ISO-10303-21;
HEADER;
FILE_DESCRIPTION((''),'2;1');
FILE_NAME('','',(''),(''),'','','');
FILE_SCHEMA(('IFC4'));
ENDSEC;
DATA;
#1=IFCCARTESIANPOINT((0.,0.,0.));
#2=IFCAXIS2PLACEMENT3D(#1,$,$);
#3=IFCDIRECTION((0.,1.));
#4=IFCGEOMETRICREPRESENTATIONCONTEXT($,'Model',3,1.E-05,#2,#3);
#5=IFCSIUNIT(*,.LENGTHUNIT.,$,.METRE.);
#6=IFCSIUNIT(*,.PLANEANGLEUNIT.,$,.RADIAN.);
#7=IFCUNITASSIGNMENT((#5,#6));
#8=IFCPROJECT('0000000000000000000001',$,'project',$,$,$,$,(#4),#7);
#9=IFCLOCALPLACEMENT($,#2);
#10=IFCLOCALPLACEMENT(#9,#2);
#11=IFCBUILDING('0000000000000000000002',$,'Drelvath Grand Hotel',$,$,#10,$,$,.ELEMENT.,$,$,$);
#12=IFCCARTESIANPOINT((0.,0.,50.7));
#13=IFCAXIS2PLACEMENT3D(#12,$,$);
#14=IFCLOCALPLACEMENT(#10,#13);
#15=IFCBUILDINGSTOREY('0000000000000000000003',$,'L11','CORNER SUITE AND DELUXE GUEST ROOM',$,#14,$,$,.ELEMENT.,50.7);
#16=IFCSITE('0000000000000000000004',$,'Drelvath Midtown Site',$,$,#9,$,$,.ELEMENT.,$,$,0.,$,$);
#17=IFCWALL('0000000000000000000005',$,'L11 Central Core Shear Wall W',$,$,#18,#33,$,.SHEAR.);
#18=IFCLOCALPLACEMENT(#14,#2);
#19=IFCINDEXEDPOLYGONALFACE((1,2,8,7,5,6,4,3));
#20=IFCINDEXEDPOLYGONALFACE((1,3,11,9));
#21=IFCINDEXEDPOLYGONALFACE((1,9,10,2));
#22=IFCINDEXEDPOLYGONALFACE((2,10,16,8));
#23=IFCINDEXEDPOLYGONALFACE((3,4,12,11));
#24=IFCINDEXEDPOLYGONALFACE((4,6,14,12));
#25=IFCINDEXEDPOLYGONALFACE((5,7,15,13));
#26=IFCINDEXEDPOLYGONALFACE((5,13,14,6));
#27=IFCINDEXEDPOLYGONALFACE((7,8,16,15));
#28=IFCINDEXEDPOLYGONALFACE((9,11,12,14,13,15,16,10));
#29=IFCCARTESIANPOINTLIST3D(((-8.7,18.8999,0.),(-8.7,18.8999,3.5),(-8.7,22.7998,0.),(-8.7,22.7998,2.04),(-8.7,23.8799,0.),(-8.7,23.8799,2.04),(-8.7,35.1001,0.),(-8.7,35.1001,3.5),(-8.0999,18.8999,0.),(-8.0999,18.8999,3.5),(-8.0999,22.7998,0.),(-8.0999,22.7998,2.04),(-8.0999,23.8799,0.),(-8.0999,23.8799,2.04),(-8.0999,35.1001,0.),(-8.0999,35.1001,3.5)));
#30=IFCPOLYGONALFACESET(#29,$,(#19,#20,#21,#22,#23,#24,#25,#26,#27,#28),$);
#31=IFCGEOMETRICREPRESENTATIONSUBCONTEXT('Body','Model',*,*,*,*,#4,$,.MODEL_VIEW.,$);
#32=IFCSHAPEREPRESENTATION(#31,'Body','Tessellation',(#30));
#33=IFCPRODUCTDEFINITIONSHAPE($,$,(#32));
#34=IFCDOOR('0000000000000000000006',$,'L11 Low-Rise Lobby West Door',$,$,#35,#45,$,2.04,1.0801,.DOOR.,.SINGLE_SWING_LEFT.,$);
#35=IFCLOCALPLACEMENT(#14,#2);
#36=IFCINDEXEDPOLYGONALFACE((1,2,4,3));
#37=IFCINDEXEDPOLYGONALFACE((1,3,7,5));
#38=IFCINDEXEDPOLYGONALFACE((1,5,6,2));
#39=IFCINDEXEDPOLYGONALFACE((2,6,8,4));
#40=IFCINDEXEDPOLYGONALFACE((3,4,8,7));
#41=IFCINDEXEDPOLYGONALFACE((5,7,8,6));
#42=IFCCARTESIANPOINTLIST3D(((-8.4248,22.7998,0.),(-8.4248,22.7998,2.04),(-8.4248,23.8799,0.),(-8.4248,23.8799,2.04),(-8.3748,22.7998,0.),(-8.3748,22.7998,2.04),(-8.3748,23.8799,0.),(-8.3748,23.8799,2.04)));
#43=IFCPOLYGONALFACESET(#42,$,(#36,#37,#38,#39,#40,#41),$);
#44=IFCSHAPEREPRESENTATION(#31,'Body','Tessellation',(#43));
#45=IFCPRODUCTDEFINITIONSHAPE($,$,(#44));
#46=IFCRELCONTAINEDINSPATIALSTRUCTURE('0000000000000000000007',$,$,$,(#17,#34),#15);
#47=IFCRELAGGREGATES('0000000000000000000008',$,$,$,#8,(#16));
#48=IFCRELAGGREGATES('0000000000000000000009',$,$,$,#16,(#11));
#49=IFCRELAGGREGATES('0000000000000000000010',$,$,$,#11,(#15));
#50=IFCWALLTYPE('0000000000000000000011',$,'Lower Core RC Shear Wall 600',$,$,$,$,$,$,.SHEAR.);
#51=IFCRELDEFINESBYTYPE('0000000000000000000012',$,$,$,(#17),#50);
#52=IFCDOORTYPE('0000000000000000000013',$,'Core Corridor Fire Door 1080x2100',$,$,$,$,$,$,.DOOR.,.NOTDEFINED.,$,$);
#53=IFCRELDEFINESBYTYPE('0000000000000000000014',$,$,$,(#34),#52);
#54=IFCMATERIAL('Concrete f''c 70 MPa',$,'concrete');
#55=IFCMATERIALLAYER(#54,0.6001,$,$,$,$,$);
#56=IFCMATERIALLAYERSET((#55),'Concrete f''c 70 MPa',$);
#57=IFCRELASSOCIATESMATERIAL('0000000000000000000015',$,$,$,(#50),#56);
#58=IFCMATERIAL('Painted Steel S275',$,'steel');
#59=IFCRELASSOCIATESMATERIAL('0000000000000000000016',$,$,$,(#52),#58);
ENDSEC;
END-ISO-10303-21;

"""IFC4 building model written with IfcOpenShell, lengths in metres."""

from ifc_helpers import new_model, si_unit, direction, frame, frame_2d, origin, place, context, subcontext, project, spatial, rectangle, extrude, material, layer, layer_set, type_object, element, fill, save


model = new_model("IFC4")

# Units and contexts
model_context = context("Model", 3, precision=1e-05, world=origin(), true_north=direction((0.0, 1.0)))
body_context = subcontext(model_context, "Body", "Model", "MODEL_VIEW")
ifc_project = project(units=[si_unit("LENGTHUNIT", "METRE"), si_unit("PLANEANGLEUNIT", "RADIAN")], contexts=[model_context])

# Site, building, storey
site_placement = place(None, origin())
site = spatial("IfcSite", under=ifc_project, at=site_placement, Name="Drelvath Midtown Site", CompositionType="ELEMENT", RefElevation=0.0)
building_placement = place(site_placement, origin())
building = spatial("IfcBuilding", under=site, at=building_placement, Name="Drelvath Grand Hotel", CompositionType="ELEMENT")
storey_placement = place(building_placement, frame((0.0, 0.0, 50.7)))
storey = spatial("IfcBuildingStorey", under=building, at=storey_placement, Name="L11", Description="CORNER SUITE AND DELUXE GUEST ROOM", CompositionType="ELEMENT", Elevation=50.7)

# Wall, opening, door
ifc_material_1 = material(Name="Concrete f'c 70 MPa", Category="concrete")
ifc_layer_1 = layer(ifc_material_1, 0.6001)
ifc_layer_set_1 = layer_set([ifc_layer_1], Name="Concrete f'c 70 MPa")
wall_type_1 = type_object("IfcWallType", Name="Lower Core RC Shear Wall 600", PredefinedType="SHEAR", material=ifc_layer_set_1)
wall_1_placement = place(storey_placement, frame((-8.3999, 18.8999, 0.0), z_axis=(0.0, 0.0, 1.0), x_axis=(0.0, 1.0, 0.0)))
wall_1 = element("IfcWall", 1, at=wall_1_placement, inside=storey, type_object=wall_type_1, Name="L11 Central Core Shear Wall W", PredefinedType="SHEAR", context=body_context, shape_type="SweptSolid", body=[
    extrude(rectangle(XDim=16.2002, YDim=0.6001, at=frame_2d((8.1001, 0.0))), origin(), (0.0, 0.0, 1.0), 3.5),
])
opening_1_placement = place(wall_1_placement, frame((3.8999, 0.0, 0.0)))
opening_1 = element("IfcOpeningElement", 2, at=opening_1_placement, cuts=wall_1, PredefinedType="OPENING", context=body_context, shape_type="SweptSolid", body=[
    extrude(rectangle(XDim=1.0801, YDim=2.04, at=frame_2d((0.54, 1.02))), frame((0.0, 0.3101, 0.0), z_axis=(0.0, -1.0, 0.0), x_axis=(1.0, 0.0, 0.0)), (0.0, 0.0, 1.0), 0.6201),
])
ifc_material_2 = material(Name="Painted Steel S275", Category="steel")
door_type_1 = type_object("IfcDoorType", Name="Core Corridor Fire Door 1080x2100", OperationType="NOTDEFINED", PredefinedType="DOOR", material=ifc_material_2)
door_1_placement = place(opening_1_placement, origin())
door_1 = element("IfcDoor", 3, at=door_1_placement, inside=storey, type_object=door_type_1, Name="L11 Low-Rise Lobby West Door", OperationType="SINGLE_SWING_LEFT", OverallHeight=2.04, OverallWidth=1.0801, PredefinedType="DOOR", context=body_context, shape_type="SweptSolid", body=[
    extrude(rectangle(XDim=1.0801, YDim=2.04, at=frame_2d((0.54, 1.02))), frame((0.0, 0.0249, 0.0), z_axis=(0.0, -1.0, 0.0), x_axis=(1.0, 0.0, 0.0)), (0.0, 0.0, 1.0), 0.05),
])
fill(opening_1, door_1)

save(model, "model.ifc")
